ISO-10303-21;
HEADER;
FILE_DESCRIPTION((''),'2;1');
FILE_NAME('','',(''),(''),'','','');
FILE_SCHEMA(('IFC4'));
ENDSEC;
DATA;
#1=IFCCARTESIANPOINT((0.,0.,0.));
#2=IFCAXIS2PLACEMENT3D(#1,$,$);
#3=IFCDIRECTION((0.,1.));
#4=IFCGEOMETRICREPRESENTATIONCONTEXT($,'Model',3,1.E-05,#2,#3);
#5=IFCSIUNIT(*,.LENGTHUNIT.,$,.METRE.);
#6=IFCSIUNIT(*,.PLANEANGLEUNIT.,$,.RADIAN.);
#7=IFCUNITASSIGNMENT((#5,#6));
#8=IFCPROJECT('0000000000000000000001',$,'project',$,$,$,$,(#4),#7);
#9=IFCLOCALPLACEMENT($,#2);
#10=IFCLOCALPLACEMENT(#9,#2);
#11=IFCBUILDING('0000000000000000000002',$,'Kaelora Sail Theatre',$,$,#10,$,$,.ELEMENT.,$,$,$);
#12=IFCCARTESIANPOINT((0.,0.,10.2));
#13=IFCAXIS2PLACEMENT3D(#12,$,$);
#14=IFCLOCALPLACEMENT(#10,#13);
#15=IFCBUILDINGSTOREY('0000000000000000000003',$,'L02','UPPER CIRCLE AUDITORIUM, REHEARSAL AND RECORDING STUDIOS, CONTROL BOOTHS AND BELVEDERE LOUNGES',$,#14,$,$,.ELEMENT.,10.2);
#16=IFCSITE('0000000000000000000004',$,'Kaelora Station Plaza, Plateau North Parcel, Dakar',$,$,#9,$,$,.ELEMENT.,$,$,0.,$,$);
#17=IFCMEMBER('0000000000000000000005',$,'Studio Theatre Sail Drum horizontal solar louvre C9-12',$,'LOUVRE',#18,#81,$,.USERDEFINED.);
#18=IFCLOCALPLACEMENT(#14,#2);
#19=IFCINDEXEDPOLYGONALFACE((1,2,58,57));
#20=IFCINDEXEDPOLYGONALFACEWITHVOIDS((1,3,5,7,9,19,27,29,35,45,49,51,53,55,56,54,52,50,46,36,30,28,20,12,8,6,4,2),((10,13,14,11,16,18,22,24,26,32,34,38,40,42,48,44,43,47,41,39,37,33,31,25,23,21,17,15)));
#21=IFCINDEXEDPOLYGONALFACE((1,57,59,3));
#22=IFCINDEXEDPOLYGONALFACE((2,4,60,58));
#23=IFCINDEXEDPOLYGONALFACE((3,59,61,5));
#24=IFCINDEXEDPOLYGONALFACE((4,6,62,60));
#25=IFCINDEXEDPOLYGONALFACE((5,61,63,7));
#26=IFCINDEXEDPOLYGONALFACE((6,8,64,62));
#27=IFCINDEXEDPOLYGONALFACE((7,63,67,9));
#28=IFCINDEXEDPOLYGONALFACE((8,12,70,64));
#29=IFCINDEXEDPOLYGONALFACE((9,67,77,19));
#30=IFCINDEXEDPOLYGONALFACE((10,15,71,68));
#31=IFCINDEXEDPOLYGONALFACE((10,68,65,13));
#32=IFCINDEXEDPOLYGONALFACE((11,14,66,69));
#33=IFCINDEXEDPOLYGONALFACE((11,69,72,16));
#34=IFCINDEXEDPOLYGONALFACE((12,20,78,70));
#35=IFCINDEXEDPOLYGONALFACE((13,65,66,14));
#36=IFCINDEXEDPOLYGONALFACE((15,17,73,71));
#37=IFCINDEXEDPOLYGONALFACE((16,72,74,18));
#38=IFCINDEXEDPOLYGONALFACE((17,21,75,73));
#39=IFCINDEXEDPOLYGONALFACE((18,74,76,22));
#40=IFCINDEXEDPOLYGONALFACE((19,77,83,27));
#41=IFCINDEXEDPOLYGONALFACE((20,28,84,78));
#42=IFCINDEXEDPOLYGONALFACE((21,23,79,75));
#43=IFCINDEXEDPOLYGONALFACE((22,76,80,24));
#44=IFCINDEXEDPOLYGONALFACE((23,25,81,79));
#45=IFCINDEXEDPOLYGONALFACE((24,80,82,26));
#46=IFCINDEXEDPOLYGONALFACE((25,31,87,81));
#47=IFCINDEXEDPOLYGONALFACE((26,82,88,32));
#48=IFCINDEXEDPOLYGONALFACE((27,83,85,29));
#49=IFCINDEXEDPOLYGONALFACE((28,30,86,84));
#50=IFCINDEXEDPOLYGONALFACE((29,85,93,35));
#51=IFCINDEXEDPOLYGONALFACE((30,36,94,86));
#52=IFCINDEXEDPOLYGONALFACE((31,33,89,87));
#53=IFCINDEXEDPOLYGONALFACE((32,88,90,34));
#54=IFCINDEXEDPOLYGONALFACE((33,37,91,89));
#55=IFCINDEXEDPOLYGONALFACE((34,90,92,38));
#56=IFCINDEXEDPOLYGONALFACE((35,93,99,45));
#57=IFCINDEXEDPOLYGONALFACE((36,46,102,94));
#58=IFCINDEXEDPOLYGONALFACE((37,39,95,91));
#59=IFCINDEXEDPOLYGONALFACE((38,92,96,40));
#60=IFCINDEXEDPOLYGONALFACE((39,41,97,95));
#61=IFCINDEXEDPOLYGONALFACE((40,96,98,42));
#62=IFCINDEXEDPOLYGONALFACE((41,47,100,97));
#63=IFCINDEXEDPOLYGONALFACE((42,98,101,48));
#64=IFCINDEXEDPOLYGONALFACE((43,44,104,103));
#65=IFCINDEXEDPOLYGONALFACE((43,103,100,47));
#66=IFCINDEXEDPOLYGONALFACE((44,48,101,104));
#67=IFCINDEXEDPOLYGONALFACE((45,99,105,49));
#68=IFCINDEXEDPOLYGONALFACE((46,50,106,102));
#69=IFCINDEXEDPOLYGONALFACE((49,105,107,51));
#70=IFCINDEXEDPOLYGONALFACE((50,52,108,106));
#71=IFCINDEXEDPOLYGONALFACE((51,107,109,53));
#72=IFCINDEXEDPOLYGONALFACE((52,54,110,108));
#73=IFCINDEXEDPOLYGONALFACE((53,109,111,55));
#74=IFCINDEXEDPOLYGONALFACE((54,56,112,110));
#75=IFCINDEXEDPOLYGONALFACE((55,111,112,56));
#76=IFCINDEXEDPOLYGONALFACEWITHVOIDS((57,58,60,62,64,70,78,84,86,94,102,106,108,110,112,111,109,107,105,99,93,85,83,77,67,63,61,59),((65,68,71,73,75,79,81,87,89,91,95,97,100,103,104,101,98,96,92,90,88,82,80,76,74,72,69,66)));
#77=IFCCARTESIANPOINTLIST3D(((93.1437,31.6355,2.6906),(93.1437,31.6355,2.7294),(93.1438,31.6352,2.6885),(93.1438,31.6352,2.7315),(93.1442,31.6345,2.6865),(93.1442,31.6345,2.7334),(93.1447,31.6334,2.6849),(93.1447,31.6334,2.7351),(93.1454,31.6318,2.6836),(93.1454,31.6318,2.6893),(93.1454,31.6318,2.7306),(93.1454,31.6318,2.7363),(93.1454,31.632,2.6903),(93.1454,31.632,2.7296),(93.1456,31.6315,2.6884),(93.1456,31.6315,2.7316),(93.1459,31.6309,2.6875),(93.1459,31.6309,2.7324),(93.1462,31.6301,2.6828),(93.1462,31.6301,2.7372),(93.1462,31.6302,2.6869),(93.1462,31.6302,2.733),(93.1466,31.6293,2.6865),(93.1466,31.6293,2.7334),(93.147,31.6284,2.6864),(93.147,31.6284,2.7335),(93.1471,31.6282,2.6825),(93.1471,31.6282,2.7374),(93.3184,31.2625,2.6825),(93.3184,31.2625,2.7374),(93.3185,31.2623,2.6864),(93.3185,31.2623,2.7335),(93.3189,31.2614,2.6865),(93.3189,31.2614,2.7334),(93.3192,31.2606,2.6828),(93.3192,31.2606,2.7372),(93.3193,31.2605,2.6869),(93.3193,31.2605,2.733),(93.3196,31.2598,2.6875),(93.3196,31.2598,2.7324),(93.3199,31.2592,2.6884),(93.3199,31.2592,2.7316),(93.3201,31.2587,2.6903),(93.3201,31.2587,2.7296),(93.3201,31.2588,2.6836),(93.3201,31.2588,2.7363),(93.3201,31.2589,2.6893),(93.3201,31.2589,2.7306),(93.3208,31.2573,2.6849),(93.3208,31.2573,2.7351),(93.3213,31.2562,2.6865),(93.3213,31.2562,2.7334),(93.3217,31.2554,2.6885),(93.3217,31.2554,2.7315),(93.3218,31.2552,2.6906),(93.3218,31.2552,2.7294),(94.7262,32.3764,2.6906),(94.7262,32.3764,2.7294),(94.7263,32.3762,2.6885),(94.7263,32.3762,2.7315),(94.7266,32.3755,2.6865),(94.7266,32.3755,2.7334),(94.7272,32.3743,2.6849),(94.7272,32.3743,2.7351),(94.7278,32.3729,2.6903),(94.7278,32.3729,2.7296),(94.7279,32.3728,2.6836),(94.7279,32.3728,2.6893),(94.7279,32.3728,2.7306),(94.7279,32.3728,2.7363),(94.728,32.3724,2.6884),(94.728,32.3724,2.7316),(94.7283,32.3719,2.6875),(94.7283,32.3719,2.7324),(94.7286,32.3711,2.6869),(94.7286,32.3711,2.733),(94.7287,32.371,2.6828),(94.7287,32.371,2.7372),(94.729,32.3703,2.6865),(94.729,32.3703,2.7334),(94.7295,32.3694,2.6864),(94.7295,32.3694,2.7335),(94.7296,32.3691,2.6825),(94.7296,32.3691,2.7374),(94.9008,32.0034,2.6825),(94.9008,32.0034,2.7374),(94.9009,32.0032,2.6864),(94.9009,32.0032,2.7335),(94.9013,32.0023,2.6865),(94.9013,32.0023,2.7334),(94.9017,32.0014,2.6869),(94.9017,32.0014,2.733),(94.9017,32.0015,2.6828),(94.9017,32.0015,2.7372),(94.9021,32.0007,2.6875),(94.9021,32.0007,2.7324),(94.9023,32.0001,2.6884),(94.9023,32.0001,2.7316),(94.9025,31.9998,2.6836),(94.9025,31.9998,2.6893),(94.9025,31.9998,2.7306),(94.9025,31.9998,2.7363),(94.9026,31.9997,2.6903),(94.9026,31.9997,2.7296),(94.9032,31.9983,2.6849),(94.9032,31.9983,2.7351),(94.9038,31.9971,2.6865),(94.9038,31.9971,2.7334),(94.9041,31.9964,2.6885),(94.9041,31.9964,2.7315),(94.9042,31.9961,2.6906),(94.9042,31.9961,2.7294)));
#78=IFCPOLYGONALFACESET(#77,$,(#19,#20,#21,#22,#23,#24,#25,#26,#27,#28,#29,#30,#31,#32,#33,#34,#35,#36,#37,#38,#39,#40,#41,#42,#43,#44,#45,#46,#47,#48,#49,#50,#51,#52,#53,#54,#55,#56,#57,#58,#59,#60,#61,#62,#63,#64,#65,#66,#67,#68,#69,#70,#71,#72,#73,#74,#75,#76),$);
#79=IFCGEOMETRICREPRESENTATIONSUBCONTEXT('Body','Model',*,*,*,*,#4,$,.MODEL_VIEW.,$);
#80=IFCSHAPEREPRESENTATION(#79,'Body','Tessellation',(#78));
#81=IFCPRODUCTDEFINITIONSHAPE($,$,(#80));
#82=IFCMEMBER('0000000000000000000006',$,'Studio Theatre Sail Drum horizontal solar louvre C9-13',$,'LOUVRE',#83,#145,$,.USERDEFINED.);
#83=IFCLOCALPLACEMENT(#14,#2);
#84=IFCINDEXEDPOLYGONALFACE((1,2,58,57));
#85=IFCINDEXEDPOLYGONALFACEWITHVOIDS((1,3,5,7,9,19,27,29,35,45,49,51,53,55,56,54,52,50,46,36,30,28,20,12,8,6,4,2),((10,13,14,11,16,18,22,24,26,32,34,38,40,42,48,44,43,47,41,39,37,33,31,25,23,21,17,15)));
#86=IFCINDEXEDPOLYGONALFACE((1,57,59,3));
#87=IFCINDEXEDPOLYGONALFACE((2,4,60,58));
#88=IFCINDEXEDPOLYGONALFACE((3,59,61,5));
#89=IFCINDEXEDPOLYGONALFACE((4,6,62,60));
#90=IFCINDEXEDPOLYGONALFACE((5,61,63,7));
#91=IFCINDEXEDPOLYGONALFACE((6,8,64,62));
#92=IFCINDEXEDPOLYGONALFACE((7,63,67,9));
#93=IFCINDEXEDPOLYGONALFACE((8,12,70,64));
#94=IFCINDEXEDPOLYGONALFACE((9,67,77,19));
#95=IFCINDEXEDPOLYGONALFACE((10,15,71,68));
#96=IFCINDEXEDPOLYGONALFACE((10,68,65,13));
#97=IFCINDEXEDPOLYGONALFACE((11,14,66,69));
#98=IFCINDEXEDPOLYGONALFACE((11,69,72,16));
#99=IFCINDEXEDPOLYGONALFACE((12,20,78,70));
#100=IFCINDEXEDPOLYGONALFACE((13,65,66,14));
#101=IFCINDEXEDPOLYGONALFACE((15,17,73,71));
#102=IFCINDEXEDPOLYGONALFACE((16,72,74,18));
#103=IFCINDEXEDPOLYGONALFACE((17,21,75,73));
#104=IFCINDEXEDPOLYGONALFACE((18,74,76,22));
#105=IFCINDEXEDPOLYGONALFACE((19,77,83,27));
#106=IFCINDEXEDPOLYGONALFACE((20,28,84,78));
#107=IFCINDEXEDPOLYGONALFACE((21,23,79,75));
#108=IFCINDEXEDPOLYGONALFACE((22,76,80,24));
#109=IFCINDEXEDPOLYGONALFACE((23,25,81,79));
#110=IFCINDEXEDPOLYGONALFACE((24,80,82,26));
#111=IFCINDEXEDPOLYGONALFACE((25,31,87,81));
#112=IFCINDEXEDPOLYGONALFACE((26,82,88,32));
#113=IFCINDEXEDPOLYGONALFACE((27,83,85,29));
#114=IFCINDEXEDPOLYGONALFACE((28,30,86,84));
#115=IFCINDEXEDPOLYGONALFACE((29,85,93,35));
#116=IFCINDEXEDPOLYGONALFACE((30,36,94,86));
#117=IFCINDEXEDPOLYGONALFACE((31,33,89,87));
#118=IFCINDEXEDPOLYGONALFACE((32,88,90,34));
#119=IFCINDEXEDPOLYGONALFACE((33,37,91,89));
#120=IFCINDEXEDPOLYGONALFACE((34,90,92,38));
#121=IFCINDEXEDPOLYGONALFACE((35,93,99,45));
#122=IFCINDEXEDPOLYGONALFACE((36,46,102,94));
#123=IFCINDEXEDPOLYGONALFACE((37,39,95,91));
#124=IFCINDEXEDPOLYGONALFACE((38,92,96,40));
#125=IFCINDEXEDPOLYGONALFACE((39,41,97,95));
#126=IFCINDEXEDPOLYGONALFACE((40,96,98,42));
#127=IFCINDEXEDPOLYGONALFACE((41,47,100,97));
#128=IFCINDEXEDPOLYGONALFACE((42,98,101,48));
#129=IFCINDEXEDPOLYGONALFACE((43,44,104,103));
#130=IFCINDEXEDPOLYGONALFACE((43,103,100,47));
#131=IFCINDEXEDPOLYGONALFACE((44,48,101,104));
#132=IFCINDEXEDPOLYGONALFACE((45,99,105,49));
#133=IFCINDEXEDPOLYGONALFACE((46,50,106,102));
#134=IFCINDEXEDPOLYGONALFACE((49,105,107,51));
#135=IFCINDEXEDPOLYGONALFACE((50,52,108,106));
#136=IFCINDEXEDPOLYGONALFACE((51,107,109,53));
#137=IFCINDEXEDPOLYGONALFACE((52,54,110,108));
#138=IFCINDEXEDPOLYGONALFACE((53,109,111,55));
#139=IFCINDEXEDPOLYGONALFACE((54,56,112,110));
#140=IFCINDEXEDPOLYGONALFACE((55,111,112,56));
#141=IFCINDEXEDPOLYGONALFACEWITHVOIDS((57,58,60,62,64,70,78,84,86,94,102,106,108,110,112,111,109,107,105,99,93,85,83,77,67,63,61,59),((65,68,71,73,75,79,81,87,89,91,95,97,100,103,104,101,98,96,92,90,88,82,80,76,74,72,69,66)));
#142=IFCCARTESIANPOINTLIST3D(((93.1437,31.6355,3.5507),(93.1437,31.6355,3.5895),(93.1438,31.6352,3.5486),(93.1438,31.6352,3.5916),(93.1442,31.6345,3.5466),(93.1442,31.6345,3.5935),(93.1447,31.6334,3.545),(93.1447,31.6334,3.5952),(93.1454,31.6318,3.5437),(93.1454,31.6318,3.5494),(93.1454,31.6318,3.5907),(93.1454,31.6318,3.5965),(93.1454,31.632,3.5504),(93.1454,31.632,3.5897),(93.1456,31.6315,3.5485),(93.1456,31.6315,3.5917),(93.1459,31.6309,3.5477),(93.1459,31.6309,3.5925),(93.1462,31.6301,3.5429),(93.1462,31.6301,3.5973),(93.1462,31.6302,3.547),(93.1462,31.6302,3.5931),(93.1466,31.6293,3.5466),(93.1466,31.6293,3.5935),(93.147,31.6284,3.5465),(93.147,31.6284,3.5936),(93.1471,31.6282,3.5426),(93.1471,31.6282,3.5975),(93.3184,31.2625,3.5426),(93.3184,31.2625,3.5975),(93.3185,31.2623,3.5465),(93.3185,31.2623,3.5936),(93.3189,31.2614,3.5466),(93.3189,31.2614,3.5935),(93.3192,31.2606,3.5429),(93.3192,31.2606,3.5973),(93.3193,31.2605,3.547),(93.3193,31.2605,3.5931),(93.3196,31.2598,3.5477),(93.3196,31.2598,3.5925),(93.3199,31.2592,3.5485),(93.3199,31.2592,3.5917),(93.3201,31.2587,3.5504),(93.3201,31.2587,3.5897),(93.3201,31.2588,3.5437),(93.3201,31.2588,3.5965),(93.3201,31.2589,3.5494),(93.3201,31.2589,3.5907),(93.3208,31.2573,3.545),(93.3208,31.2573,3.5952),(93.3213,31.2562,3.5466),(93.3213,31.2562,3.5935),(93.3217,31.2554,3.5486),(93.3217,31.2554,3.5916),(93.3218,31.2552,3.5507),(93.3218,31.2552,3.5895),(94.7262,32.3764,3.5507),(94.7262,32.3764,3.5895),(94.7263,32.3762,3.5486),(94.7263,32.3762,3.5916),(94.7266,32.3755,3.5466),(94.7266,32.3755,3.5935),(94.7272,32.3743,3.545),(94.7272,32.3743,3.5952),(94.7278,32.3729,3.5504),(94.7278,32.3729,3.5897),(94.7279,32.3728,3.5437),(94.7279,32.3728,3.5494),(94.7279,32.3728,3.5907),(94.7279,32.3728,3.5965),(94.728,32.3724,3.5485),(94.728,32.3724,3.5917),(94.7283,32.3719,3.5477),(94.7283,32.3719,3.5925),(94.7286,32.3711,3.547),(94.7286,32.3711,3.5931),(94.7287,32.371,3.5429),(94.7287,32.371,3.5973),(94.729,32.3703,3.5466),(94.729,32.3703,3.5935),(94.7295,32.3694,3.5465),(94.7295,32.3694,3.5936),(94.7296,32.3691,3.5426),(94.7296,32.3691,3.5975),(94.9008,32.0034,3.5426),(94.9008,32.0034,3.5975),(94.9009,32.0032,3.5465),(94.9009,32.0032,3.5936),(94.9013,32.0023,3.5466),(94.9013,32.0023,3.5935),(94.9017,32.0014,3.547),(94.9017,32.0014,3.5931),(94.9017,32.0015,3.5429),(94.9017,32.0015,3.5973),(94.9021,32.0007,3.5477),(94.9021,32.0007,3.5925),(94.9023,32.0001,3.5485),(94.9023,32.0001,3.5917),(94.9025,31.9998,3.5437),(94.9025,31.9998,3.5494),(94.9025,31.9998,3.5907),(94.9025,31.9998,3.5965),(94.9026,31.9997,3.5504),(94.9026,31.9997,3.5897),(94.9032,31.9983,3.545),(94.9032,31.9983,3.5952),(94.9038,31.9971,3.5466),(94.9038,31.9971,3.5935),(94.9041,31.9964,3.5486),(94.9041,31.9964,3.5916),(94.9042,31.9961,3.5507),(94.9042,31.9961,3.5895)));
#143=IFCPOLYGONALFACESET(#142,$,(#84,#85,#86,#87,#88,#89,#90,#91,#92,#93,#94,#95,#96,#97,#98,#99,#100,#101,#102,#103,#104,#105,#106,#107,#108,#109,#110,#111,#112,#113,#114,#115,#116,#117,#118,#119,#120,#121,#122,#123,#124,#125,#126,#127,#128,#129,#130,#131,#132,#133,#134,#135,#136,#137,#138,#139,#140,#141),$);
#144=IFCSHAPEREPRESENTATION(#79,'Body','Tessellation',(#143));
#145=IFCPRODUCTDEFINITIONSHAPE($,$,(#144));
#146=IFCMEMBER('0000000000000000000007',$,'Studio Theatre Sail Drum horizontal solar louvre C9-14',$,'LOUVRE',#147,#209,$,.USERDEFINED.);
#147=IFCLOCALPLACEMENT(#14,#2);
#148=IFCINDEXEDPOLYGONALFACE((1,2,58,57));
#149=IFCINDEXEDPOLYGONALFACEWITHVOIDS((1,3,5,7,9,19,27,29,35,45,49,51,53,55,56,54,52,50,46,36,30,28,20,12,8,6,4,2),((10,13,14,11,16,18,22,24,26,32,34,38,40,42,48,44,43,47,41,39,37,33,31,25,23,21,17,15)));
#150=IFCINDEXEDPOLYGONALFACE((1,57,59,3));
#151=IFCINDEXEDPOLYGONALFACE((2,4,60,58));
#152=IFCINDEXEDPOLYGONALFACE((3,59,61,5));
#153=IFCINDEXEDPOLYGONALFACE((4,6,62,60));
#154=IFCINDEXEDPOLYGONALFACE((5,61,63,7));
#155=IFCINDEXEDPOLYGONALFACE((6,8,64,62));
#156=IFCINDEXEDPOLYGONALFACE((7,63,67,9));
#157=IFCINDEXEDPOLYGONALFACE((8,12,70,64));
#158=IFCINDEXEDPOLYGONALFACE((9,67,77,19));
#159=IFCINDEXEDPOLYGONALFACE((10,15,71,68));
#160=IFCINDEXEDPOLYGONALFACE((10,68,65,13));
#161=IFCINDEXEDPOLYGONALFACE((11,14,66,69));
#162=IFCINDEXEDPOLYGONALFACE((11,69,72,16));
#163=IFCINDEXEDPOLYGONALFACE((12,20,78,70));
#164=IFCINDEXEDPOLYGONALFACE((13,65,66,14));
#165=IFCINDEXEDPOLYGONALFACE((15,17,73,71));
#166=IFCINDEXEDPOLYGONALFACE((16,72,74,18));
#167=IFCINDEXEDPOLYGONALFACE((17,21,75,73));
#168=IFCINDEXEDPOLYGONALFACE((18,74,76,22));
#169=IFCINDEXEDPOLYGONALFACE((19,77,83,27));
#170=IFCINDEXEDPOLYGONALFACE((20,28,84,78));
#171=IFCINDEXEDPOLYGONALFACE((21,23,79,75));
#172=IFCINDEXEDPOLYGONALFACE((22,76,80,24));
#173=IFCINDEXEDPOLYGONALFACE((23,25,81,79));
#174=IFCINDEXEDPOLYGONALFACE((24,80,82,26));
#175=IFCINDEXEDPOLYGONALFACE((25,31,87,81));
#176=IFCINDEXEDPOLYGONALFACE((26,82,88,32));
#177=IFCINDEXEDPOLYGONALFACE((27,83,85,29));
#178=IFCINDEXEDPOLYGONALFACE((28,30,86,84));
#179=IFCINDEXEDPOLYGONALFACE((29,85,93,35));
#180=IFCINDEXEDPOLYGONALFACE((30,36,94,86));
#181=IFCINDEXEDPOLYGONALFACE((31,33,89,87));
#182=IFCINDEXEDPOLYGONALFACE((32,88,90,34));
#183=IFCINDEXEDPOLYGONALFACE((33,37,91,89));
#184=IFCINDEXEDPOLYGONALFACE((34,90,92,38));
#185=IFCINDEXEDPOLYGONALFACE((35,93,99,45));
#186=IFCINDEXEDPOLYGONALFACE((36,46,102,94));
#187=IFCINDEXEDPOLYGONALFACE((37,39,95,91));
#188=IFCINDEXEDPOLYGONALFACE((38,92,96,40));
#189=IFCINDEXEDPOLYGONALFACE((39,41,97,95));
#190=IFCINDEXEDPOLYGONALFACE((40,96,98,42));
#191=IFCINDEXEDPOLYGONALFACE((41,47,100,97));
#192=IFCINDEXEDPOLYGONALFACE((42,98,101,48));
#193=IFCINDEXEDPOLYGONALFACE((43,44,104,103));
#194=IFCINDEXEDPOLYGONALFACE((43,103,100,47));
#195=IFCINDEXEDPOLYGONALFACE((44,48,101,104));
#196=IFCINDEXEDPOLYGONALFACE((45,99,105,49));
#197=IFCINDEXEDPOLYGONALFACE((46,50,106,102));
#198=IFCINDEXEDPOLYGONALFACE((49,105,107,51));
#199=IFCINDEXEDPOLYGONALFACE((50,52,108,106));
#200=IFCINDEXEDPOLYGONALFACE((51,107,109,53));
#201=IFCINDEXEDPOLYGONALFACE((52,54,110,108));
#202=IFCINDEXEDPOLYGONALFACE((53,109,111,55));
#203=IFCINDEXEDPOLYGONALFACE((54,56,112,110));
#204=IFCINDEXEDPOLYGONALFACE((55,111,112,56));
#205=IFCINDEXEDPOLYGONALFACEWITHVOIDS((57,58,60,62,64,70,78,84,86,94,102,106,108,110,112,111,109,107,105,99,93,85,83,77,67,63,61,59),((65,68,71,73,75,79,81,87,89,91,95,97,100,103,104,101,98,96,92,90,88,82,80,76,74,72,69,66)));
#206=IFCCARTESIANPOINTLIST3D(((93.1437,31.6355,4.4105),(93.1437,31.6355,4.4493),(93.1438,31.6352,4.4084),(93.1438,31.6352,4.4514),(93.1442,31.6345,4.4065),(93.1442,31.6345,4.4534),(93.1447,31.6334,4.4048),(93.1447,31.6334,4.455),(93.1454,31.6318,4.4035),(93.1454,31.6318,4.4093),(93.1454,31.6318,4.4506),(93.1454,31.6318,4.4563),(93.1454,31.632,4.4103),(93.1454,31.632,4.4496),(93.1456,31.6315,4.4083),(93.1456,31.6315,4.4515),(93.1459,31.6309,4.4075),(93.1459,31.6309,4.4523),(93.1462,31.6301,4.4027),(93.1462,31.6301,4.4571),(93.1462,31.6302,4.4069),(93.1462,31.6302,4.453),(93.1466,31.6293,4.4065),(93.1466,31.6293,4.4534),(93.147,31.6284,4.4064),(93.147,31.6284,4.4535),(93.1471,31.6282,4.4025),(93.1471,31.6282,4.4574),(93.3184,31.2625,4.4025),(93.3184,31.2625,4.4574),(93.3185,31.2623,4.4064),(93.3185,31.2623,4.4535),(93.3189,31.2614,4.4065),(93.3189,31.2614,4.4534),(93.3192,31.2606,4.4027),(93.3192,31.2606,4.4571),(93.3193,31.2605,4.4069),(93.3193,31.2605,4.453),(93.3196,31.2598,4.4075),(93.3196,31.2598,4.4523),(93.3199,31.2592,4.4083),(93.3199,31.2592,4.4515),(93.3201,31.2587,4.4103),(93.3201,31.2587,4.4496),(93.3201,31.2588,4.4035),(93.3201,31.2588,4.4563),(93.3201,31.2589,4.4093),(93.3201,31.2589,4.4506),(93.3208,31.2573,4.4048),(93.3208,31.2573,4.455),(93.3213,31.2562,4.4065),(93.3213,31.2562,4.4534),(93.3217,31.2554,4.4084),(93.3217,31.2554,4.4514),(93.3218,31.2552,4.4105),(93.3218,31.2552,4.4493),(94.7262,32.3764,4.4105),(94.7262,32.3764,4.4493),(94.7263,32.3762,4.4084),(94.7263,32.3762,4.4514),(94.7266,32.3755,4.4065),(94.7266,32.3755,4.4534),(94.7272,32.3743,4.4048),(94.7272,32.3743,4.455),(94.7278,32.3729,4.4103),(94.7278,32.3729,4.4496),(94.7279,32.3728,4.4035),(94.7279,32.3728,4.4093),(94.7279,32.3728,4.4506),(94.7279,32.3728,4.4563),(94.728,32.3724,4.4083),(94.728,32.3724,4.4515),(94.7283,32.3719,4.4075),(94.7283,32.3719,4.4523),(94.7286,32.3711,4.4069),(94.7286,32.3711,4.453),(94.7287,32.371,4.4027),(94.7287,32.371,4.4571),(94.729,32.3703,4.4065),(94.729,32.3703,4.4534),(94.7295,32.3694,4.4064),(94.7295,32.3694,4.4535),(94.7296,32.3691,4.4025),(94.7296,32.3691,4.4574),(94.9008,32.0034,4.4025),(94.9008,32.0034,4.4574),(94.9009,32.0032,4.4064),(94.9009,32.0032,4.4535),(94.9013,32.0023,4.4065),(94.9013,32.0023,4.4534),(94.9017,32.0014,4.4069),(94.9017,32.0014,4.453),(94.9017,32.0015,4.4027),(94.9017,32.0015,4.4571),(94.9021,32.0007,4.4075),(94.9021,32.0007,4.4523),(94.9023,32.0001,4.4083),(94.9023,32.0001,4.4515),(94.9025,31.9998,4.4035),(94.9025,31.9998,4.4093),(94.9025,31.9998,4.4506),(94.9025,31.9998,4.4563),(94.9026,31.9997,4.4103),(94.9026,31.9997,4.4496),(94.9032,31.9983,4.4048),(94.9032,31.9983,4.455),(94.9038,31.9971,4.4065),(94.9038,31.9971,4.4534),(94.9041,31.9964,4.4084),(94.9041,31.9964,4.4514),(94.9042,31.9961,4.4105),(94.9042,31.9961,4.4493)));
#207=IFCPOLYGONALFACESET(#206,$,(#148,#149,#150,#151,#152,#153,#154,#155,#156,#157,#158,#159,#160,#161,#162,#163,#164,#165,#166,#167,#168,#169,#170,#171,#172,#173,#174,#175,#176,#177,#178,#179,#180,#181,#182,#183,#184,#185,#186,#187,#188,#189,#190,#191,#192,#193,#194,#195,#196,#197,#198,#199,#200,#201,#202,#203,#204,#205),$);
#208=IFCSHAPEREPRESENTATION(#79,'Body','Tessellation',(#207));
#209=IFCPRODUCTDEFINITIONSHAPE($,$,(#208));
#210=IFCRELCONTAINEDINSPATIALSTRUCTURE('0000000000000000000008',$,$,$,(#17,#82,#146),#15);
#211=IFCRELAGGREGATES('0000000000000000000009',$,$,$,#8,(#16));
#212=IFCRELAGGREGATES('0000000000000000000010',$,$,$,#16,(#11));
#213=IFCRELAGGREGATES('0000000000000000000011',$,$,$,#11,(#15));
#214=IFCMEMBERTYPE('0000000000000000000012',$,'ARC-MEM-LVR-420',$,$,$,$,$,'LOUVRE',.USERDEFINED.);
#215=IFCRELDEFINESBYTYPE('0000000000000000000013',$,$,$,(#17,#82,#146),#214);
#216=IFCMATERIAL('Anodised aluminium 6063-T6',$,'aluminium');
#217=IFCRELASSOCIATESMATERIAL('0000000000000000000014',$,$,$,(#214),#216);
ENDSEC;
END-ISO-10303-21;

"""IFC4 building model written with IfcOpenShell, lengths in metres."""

from ifc_helpers import new_model, si_unit, direction, frame, origin, origin_2d, place, context, subcontext, project, spatial, hollow_rectangle, extrude, material, material_profile, profile_set, type_object, element, save


model = new_model("IFC4")

# Units and contexts
model_context = context("Model", 3, precision=1e-05, world=origin(), true_north=direction((0.0, 1.0)))
body_context = subcontext(model_context, "Body", "Model", "MODEL_VIEW")
ifc_project = project(units=[si_unit("LENGTHUNIT", "METRE"), si_unit("PLANEANGLEUNIT", "RADIAN")], contexts=[model_context])

# Site, building, storey
site_placement = place(None, origin())
site = spatial("IfcSite", under=ifc_project, at=site_placement, Name="Kaelora Station Plaza, Plateau North Parcel, Dakar", CompositionType="ELEMENT", RefElevation=0.0)
building_placement = place(site_placement, origin())
building = spatial("IfcBuilding", under=site, at=building_placement, Name="Kaelora Sail Theatre", CompositionType="ELEMENT")
storey_placement = place(building_placement, frame((0.0, 0.0, 10.2)))
storey = spatial("IfcBuildingStorey", under=building, at=storey_placement, Name="L02", Description="UPPER CIRCLE AUDITORIUM, REHEARSAL AND RECORDING STUDIOS, CONTROL BOOTHS AND BELVEDERE LOUNGES", CompositionType="ELEMENT", Elevation=10.2)

# Members
ifc_material_1 = material(Name="Anodised aluminium 6063-T6", Category="aluminium")
ifc_material_profile_1 = material_profile(ifc_material_1, hollow_rectangle(XDim=0.4199, YDim=0.0549, WallThickness=0.0039, InnerFilletRadius=0.0039, OuterFilletRadius=0.0081, at=origin_2d()), Name="LOUVRE 420x55x4")
ifc_profile_set_1 = profile_set([ifc_material_profile_1], Name="Anodised aluminium 6063-T6")
member_type = type_object("IfcMemberType", Name="ARC-MEM-LVR-420", ElementType="LOUVRE", PredefinedType="USERDEFINED", material=ifc_profile_set_1)
for number, where, z_axis, x_axis, name in (
    (1, (94.8152, 32.1863, 2.71), (-0.905643, -0.42404, 0.0), (0.42404, -0.905643, 0.0), "Studio Theatre Sail Drum horizontal solar louvre C9-12"),
    (2, (94.8152, 32.1863, 3.5701), (-0.905643, -0.42404, 0.0), (0.42404, -0.905643, 0.0), "Studio Theatre Sail Drum horizontal solar louvre C9-13"),
    (3, (94.8152, 32.1863, 4.4299), (-0.905643, -0.42404, 0.0), (0.42404, -0.905643, 0.0), "Studio Theatre Sail Drum horizontal solar louvre C9-14"),
):
    element("IfcMember", number, at=place(storey_placement, frame(where, z_axis=z_axis, x_axis=x_axis)), inside=storey, type_object=member_type, Name=name, ObjectType="LOUVRE", PredefinedType="USERDEFINED", context=body_context, shape_type="SweptSolid", body=[
        extrude(hollow_rectangle(XDim=0.4199, YDim=0.0549, WallThickness=0.0039, InnerFilletRadius=0.0039, OuterFilletRadius=0.0081, at=origin_2d()), origin(), (0.0, 0.0, 1.0), 1.7473),
    ])

save(model, "model.ifc")
